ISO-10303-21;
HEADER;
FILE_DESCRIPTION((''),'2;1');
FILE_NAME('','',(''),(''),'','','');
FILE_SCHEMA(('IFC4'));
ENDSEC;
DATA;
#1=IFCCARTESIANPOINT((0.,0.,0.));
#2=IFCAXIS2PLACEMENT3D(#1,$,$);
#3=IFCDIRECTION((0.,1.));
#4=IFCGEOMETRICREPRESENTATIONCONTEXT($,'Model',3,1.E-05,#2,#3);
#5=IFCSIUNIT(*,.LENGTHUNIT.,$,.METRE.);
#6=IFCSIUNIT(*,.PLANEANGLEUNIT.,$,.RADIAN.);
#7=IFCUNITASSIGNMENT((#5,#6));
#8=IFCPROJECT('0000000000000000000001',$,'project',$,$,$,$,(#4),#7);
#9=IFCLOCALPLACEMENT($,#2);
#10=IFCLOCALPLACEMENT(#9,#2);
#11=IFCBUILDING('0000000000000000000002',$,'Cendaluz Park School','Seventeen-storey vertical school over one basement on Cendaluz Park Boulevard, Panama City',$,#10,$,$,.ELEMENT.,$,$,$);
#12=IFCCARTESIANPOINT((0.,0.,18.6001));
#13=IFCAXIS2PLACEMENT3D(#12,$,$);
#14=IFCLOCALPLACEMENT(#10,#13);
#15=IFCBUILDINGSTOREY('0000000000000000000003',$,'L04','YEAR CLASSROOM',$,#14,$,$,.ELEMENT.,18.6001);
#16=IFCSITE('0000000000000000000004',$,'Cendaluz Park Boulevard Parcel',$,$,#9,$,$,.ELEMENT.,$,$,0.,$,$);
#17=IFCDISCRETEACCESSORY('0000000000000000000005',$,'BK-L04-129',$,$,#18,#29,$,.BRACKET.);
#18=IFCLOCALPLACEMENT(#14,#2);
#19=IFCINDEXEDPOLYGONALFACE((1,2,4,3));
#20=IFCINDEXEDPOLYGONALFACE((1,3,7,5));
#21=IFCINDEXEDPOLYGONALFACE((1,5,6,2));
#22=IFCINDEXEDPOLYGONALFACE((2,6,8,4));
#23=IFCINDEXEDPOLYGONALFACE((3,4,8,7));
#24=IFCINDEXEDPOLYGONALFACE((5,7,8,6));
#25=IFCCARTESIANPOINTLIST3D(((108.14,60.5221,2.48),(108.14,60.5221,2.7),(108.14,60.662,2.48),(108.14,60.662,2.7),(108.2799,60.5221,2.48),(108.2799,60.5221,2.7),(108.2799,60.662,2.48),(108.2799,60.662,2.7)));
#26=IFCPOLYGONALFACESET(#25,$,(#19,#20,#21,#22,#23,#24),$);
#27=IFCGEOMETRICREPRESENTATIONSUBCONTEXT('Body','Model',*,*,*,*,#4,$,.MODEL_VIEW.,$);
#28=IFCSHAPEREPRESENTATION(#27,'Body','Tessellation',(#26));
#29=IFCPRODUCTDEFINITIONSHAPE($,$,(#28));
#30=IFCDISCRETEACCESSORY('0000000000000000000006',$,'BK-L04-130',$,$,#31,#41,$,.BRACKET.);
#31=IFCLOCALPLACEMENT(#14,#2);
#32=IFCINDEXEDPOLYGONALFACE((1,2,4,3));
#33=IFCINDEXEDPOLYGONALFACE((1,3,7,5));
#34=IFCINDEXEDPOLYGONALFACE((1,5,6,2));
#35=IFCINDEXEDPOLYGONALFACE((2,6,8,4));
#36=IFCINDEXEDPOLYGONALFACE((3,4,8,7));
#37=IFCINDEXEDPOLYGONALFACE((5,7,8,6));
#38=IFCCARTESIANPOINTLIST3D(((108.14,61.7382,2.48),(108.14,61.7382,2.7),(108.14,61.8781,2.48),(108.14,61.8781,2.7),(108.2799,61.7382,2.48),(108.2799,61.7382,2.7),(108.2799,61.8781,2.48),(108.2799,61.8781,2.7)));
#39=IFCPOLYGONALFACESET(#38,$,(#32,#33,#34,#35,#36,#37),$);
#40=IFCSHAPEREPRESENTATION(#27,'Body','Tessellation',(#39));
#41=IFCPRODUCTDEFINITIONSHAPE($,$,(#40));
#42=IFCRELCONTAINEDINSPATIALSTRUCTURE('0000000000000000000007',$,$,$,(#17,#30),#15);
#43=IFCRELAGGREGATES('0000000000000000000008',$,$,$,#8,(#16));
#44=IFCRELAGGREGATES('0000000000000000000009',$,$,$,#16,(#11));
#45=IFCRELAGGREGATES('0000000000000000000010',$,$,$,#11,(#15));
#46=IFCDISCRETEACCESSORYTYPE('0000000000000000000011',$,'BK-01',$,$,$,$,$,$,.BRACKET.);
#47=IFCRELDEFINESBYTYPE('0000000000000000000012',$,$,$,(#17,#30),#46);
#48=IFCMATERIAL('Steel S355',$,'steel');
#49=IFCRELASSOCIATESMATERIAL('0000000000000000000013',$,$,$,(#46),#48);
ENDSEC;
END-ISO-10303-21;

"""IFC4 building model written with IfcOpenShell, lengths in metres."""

from ifc_helpers import new_model, si_unit, direction, frame, origin, origin_2d, place, context, subcontext, project, spatial, rectangle, extrude, material, type_object, element, save


model = new_model("IFC4")

# Units and contexts
model_context = context("Model", 3, precision=1e-05, world=origin(), true_north=direction((0.0, 1.0)))
body_context = subcontext(model_context, "Body", "Model", "MODEL_VIEW")
ifc_project = project(units=[si_unit("LENGTHUNIT", "METRE"), si_unit("PLANEANGLEUNIT", "RADIAN")], contexts=[model_context])

# Site, building, storey
site_placement = place(None, origin())
site = spatial("IfcSite", under=ifc_project, at=site_placement, Name="Cendaluz Park Boulevard Parcel", CompositionType="ELEMENT", RefElevation=0.0)
building_placement = place(site_placement, origin())
building = spatial("IfcBuilding", under=site, at=building_placement, Name="Cendaluz Park School", Description="Seventeen-storey vertical school over one basement on Cendaluz Park Boulevard, Panama City", CompositionType="ELEMENT")
storey_placement = place(building_placement, frame((0.0, 0.0, 18.6001)))
storey = spatial("IfcBuildingStorey", under=building, at=storey_placement, Name="L04", Description="YEAR CLASSROOM", CompositionType="ELEMENT", Elevation=18.6001)

# Discrete accessories
ifc_material_1 = material(Name="Steel S355", Category="steel")
discrete_accessory_type = type_object("IfcDiscreteAccessoryType", Name="BK-01", PredefinedType="BRACKET", material=ifc_material_1)
for number, where, z_axis, x_axis, name in (
    (1, (108.21, 60.592, 2.48), (0.0, 0.0, 1.0), (0.0, 1.0, 0.0), "BK-L04-129"),
    (2, (108.21, 61.8081, 2.48), (0.0, 0.0, 1.0), (0.0, 1.0, 0.0), "BK-L04-130"),
):
    element("IfcDiscreteAccessory", number, at=place(storey_placement, frame(where, z_axis=z_axis, x_axis=x_axis)), inside=storey, type_object=discrete_accessory_type, Name=name, PredefinedType="BRACKET", context=body_context, shape_type="SweptSolid", body=[
        extrude(rectangle(XDim=0.1399, YDim=0.1399, at=origin_2d()), origin(), (0.0, 0.0, 1.0), 0.22),
    ])

save(model, "model.ifc")
